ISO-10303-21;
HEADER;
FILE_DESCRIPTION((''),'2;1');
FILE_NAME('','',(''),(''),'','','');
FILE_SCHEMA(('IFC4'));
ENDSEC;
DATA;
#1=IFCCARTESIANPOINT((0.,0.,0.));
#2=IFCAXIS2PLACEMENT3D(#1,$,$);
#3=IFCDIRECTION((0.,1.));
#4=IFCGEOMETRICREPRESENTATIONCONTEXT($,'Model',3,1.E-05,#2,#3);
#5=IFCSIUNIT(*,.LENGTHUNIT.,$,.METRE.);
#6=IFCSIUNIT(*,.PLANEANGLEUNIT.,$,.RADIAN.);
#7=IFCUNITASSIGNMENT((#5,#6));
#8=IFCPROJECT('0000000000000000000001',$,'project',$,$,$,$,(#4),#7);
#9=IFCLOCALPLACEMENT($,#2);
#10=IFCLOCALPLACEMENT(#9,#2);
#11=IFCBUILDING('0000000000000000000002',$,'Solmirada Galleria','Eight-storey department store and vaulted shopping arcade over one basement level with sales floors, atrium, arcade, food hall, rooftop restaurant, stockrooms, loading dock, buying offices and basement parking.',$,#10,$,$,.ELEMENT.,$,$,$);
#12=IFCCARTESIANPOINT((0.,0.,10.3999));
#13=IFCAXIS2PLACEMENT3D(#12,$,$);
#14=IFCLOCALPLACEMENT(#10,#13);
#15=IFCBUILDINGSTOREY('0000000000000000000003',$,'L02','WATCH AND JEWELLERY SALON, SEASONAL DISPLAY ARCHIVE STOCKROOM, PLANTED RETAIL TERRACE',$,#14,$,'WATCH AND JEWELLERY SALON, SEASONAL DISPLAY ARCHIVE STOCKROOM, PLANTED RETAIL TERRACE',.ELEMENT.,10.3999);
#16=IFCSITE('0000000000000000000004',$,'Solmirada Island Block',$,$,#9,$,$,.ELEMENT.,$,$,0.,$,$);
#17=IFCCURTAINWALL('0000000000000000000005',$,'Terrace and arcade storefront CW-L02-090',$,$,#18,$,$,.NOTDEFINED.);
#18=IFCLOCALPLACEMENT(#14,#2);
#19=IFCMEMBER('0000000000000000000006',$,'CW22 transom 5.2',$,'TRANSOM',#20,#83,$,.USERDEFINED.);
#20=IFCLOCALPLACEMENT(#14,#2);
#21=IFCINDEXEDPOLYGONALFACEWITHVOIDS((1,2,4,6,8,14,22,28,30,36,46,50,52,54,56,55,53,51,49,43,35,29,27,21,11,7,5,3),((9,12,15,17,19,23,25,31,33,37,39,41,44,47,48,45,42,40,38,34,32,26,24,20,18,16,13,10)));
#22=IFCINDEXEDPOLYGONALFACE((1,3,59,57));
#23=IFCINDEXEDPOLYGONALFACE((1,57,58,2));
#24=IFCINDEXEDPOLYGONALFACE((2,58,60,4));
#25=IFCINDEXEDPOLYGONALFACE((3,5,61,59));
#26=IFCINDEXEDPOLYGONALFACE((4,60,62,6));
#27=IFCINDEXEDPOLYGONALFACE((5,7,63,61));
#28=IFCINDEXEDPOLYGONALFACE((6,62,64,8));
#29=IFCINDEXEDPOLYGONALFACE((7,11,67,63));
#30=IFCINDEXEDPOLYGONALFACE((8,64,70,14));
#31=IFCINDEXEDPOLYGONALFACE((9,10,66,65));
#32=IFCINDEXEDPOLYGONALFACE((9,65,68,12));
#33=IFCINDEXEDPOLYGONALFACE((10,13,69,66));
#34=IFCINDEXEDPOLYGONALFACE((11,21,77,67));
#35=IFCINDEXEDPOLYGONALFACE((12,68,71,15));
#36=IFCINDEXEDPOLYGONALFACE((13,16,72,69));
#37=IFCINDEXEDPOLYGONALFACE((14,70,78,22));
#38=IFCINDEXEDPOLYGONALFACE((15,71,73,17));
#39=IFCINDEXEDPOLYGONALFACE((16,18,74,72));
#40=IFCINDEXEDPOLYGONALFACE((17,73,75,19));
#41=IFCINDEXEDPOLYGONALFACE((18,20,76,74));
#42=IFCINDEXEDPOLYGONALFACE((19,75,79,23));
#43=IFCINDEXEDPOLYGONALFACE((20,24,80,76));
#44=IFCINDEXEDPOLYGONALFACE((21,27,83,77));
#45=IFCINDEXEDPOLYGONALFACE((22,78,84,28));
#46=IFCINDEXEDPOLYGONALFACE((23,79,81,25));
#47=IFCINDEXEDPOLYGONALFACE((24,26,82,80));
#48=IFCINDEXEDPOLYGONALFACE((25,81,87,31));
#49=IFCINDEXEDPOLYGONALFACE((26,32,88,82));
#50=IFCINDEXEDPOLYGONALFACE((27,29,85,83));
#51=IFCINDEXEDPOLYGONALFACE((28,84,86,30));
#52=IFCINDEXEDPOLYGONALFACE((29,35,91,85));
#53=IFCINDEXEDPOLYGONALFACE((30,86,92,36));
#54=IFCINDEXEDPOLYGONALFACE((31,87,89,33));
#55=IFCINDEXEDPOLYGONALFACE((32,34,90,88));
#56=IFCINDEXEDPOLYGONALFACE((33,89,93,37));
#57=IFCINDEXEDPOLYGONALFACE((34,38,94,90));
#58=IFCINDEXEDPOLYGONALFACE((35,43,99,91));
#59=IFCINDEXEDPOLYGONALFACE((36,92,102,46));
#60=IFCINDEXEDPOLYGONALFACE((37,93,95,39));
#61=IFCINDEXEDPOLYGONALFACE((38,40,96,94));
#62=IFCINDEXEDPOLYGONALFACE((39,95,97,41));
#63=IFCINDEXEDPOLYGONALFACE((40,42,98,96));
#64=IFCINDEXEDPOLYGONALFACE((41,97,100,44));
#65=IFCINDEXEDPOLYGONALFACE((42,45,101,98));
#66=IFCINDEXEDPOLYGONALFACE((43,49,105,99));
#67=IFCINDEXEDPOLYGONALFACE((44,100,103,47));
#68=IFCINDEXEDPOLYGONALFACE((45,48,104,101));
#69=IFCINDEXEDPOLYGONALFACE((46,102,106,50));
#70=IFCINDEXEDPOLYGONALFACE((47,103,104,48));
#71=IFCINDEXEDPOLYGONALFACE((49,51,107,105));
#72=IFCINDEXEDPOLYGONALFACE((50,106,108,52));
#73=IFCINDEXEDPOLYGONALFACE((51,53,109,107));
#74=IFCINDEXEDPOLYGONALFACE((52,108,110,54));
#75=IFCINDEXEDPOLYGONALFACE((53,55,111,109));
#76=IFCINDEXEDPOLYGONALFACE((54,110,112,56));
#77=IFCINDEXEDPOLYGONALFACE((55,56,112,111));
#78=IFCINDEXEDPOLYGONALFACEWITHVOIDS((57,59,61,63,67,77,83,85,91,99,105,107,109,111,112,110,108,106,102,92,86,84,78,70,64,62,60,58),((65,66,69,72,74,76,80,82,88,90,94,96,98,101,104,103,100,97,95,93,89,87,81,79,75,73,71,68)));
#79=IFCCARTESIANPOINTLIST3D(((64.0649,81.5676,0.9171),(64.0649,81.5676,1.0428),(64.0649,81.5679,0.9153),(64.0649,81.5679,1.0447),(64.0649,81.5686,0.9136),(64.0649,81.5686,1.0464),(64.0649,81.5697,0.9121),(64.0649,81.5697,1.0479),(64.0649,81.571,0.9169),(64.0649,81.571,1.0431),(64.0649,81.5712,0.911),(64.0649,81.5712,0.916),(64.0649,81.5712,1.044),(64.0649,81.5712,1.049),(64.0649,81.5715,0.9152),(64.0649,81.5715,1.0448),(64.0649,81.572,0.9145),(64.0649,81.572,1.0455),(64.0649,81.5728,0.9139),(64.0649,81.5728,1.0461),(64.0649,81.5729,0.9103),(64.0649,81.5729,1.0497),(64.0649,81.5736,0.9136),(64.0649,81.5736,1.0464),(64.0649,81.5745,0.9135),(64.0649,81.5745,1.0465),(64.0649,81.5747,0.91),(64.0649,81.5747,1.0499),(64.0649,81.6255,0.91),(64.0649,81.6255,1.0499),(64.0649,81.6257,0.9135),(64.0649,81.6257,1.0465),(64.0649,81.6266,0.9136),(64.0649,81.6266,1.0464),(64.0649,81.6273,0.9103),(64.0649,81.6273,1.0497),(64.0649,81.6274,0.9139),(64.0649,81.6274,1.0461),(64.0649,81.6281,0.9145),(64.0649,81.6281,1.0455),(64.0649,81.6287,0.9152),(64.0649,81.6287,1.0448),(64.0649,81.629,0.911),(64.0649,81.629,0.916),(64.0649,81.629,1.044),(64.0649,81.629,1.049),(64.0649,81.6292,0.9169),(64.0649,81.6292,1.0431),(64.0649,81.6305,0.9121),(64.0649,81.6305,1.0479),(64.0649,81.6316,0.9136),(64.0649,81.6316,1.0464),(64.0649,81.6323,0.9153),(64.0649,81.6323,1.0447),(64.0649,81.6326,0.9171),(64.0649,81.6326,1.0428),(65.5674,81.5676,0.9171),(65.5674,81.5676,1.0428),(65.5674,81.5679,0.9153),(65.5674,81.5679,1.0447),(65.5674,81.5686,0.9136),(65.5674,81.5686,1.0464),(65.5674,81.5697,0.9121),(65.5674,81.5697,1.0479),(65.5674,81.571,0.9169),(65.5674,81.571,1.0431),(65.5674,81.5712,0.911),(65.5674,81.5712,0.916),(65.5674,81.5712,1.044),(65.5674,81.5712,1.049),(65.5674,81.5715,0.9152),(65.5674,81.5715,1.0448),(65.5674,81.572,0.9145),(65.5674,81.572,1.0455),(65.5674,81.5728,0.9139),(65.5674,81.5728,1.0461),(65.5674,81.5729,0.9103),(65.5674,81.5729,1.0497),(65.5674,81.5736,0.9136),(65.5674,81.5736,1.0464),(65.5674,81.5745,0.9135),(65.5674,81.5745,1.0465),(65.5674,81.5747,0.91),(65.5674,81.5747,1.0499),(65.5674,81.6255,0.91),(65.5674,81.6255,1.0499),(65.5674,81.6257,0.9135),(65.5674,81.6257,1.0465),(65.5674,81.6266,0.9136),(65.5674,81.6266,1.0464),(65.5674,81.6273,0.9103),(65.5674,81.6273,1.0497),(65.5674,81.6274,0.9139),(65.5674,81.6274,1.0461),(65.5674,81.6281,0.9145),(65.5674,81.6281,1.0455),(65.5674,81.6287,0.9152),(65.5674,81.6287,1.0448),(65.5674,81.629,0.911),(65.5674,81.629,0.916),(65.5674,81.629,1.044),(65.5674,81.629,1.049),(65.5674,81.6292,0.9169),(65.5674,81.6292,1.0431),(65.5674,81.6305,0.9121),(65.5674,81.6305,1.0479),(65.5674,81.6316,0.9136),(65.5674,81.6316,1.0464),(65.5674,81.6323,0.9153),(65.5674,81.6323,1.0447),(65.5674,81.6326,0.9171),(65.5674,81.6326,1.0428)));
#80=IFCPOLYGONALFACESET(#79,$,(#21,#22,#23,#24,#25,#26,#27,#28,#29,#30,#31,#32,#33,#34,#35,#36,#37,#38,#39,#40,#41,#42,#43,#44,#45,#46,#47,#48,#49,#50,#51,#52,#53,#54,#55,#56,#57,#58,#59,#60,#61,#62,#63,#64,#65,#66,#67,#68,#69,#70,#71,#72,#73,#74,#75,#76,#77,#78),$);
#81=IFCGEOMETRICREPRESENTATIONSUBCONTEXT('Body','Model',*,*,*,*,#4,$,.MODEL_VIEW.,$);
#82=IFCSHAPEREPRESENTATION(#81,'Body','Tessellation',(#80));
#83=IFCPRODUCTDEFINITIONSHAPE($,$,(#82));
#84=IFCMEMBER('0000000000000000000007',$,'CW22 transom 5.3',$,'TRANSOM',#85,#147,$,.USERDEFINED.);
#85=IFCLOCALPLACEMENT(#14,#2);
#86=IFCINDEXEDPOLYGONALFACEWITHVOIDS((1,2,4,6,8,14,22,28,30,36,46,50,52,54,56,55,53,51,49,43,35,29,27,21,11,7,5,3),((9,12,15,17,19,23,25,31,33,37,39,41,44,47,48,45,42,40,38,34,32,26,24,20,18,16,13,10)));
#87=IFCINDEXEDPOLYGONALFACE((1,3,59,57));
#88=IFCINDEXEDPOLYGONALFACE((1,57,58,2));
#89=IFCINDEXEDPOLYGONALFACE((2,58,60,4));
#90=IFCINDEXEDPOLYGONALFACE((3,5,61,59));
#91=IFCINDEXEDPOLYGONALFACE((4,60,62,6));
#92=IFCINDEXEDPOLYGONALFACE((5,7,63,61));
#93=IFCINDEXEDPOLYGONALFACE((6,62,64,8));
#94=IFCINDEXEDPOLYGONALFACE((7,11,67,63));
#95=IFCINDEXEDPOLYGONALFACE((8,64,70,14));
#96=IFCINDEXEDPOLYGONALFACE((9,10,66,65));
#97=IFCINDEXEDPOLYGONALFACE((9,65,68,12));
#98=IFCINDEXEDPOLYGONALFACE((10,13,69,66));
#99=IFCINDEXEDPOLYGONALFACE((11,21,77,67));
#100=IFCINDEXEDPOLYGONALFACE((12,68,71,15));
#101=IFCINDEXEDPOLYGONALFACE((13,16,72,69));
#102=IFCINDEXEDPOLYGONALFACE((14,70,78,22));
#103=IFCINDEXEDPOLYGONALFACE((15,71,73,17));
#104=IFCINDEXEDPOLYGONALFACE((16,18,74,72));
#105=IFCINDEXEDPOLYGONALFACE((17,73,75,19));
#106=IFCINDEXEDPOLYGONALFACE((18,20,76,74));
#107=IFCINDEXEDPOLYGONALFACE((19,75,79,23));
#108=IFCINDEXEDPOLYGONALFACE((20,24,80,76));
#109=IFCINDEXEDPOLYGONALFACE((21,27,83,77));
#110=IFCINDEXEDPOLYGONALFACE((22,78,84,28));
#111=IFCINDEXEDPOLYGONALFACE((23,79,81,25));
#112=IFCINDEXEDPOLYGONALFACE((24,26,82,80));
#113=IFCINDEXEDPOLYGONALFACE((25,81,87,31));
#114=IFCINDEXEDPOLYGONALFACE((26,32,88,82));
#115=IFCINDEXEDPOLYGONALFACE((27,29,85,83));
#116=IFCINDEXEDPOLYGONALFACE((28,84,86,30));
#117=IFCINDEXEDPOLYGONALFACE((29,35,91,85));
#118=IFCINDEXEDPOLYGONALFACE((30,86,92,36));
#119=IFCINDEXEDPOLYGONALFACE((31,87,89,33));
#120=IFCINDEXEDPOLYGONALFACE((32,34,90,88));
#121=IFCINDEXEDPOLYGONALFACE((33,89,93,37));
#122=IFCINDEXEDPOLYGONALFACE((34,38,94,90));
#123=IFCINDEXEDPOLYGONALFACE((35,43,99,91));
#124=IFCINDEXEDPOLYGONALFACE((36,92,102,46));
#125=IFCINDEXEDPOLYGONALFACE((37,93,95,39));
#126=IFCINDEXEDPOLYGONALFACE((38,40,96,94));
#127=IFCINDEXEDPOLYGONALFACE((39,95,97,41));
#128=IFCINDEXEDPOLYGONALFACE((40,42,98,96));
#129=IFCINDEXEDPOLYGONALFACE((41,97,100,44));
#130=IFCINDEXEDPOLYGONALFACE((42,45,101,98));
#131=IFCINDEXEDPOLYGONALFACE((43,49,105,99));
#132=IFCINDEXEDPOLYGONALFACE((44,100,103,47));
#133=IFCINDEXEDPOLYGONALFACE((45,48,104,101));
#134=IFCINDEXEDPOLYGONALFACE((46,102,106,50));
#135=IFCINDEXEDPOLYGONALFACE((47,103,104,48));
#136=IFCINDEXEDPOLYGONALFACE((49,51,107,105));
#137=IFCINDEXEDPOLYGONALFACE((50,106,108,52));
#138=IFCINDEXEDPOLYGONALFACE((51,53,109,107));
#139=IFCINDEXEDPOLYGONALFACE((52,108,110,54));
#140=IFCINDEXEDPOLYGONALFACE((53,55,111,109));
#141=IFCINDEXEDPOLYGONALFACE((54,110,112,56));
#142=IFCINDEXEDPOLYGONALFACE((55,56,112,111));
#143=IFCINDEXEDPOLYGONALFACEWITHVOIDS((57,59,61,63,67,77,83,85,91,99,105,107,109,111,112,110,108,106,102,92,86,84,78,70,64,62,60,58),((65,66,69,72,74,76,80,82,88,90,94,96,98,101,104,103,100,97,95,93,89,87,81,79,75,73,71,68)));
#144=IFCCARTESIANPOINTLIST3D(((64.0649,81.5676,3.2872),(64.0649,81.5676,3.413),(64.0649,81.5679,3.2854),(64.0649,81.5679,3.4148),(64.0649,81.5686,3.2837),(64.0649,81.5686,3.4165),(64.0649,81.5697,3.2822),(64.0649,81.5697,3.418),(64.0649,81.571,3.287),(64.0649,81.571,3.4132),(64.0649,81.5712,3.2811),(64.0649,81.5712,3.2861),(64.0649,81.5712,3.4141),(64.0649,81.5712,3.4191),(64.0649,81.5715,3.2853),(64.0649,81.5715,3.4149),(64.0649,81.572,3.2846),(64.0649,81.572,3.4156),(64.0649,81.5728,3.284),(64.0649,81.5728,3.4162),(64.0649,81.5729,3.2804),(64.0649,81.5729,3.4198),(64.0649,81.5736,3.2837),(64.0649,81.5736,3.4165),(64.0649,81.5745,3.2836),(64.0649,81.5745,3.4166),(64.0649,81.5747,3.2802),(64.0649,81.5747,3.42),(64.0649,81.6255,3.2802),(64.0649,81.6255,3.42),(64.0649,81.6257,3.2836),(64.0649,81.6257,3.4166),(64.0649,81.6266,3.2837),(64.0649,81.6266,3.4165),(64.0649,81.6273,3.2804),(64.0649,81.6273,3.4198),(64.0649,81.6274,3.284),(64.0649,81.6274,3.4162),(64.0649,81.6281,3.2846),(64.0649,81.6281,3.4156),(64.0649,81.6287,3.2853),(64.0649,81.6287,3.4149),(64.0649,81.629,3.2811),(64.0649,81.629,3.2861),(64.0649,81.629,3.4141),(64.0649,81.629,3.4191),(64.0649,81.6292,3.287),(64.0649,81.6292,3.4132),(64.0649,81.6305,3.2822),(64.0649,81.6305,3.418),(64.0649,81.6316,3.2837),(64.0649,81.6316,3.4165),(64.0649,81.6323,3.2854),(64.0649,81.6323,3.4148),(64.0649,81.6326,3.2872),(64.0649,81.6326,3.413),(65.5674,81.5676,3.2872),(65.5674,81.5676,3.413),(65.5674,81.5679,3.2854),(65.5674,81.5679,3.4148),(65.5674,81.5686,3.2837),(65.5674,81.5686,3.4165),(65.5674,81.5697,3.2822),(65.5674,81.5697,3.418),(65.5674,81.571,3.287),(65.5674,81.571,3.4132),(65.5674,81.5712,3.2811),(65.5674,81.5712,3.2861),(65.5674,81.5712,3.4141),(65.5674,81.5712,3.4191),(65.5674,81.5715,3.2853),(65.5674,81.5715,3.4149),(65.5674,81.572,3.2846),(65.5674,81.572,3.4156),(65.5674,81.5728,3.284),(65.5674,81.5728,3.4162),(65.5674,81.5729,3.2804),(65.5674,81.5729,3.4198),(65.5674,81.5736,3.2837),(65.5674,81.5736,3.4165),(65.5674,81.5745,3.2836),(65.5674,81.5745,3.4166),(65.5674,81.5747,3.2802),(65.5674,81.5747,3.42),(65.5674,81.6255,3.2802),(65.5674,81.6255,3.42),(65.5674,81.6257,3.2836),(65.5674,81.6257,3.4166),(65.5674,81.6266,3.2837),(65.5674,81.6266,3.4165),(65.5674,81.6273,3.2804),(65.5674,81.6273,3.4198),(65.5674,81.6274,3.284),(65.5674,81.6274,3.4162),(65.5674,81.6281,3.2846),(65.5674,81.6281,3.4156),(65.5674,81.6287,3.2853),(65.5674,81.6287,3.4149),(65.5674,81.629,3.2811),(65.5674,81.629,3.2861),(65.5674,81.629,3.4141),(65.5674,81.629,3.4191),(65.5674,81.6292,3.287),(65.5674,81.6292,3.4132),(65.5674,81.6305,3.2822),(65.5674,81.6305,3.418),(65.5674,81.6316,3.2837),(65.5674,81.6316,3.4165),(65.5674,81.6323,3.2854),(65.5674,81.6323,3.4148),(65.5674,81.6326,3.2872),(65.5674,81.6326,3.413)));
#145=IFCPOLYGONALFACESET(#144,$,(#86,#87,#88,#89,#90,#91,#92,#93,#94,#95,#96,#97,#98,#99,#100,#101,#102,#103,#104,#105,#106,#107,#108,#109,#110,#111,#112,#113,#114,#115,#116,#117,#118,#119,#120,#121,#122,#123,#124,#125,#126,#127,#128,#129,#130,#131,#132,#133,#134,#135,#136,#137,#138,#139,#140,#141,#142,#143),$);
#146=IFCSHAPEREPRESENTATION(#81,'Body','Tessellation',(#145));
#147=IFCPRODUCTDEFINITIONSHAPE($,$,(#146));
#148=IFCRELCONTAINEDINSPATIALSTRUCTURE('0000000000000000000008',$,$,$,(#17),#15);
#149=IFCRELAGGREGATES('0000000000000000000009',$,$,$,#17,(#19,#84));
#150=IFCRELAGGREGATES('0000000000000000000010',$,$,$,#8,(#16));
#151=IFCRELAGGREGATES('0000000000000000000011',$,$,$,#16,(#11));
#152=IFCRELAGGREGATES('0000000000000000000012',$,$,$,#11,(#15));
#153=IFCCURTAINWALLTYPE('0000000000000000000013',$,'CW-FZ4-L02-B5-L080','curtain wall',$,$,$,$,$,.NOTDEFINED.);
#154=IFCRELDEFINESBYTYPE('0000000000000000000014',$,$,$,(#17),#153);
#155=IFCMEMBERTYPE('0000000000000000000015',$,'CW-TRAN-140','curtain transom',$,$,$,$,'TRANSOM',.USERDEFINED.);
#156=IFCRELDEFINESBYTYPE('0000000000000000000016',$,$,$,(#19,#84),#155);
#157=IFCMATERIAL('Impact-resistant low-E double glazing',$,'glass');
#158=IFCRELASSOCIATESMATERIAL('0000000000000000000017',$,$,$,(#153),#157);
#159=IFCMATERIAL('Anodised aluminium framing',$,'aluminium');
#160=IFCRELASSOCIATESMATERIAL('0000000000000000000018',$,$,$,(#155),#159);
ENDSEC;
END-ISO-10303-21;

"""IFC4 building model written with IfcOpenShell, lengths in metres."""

from ifc_helpers import new_model, si_unit, direction, frame, origin, origin_2d, place, context, subcontext, project, spatial, hollow_rectangle, extrude, material, material_profile, profile_set, type_object, element, aggregate, save


model = new_model("IFC4")

# Units and contexts
model_context = context("Model", 3, precision=1e-05, world=origin(), true_north=direction((0.0, 1.0)))
body_context = subcontext(model_context, "Body", "Model", "MODEL_VIEW")
ifc_project = project(units=[si_unit("LENGTHUNIT", "METRE"), si_unit("PLANEANGLEUNIT", "RADIAN")], contexts=[model_context])

# Site, building, storey
site_placement = place(None, origin())
site = spatial("IfcSite", under=ifc_project, at=site_placement, Name="Solmirada Island Block", CompositionType="ELEMENT", RefElevation=0.0)
building_placement = place(site_placement, origin())
building = spatial("IfcBuilding", under=site, at=building_placement, Name="Solmirada Galleria", Description="Eight-storey department store and vaulted shopping arcade over one basement level with sales floors, atrium, arcade, food hall, rooftop restaurant, stockrooms, loading dock, buying offices and basement parking.", CompositionType="ELEMENT")
storey_placement = place(building_placement, frame((0.0, 0.0, 10.3999)))
storey = spatial("IfcBuildingStorey", under=building, at=storey_placement, Name="L02", Description="WATCH AND JEWELLERY SALON, SEASONAL DISPLAY ARCHIVE STOCKROOM, PLANTED RETAIL TERRACE", LongName="WATCH AND JEWELLERY SALON, SEASONAL DISPLAY ARCHIVE STOCKROOM, PLANTED RETAIL TERRACE", CompositionType="ELEMENT", Elevation=10.3999)

# Curtain wall
ifc_material_1 = material(Name="Impact-resistant low-E double glazing", Category="glass")
curtain_wall_type = type_object("IfcCurtainWallType", Name="CW-FZ4-L02-B5-L080", Description="curtain wall", PredefinedType="NOTDEFINED", material=ifc_material_1)
curtain_wall_1_placement = place(storey_placement, origin())
curtain_wall_1 = element("IfcCurtainWall", 1, at=curtain_wall_1_placement, inside=storey, type_object=curtain_wall_type, Name="Terrace and arcade storefront CW-L02-090", PredefinedType="NOTDEFINED")
ifc_material_2 = material(Name="Anodised aluminium framing", Category="aluminium")

# Members
ifc_material_profile_1 = material_profile(ifc_material_2, hollow_rectangle(XDim=0.0649, YDim=0.1399, WallThickness=0.0034, InnerFilletRadius=0.0034, OuterFilletRadius=0.0071, at=origin_2d()), Name="ALU-TRAN-140X65")
ifc_profile_set_1 = profile_set([ifc_material_profile_1], Name="Anodised aluminium framing")
member_type_1 = type_object("IfcMemberType", Name="CW-TRAN-140", Description="curtain transom", ElementType="TRANSOM", PredefinedType="USERDEFINED", material=ifc_profile_set_1)
member_1_placement = place(storey_placement, frame((65.5674, 81.6001, 0.98), z_axis=(-1.0, 0.0, 0.0), x_axis=(0.0, -1.0, 0.0)))
member_1 = element("IfcMember", 2, at=member_1_placement, type_object=member_type_1, Name="CW22 transom 5.2", ObjectType="TRANSOM", PredefinedType="USERDEFINED", context=body_context, shape_type="SweptSolid", body=[
    extrude(hollow_rectangle(XDim=0.0649, YDim=0.1399, WallThickness=0.0034, InnerFilletRadius=0.0034, OuterFilletRadius=0.0071, at=origin_2d()), origin(), (0.0, 0.0, 1.0), 1.5024),
])
member_2_placement = place(storey_placement, frame((65.5674, 81.6001, 3.3501), z_axis=(-1.0, 0.0, 0.0), x_axis=(0.0, -1.0, 0.0)))
member_2 = element("IfcMember", 3, at=member_2_placement, type_object=member_type_1, Name="CW22 transom 5.3", ObjectType="TRANSOM", PredefinedType="USERDEFINED", context=body_context, shape_type="SweptSolid", body=[
    extrude(hollow_rectangle(XDim=0.0649, YDim=0.1399, WallThickness=0.0034, InnerFilletRadius=0.0034, OuterFilletRadius=0.0071, at=origin_2d()), origin(), (0.0, 0.0, 1.0), 1.5024),
])

aggregate(curtain_wall_1, [member_1, member_2])

save(model, "model.ifc")
